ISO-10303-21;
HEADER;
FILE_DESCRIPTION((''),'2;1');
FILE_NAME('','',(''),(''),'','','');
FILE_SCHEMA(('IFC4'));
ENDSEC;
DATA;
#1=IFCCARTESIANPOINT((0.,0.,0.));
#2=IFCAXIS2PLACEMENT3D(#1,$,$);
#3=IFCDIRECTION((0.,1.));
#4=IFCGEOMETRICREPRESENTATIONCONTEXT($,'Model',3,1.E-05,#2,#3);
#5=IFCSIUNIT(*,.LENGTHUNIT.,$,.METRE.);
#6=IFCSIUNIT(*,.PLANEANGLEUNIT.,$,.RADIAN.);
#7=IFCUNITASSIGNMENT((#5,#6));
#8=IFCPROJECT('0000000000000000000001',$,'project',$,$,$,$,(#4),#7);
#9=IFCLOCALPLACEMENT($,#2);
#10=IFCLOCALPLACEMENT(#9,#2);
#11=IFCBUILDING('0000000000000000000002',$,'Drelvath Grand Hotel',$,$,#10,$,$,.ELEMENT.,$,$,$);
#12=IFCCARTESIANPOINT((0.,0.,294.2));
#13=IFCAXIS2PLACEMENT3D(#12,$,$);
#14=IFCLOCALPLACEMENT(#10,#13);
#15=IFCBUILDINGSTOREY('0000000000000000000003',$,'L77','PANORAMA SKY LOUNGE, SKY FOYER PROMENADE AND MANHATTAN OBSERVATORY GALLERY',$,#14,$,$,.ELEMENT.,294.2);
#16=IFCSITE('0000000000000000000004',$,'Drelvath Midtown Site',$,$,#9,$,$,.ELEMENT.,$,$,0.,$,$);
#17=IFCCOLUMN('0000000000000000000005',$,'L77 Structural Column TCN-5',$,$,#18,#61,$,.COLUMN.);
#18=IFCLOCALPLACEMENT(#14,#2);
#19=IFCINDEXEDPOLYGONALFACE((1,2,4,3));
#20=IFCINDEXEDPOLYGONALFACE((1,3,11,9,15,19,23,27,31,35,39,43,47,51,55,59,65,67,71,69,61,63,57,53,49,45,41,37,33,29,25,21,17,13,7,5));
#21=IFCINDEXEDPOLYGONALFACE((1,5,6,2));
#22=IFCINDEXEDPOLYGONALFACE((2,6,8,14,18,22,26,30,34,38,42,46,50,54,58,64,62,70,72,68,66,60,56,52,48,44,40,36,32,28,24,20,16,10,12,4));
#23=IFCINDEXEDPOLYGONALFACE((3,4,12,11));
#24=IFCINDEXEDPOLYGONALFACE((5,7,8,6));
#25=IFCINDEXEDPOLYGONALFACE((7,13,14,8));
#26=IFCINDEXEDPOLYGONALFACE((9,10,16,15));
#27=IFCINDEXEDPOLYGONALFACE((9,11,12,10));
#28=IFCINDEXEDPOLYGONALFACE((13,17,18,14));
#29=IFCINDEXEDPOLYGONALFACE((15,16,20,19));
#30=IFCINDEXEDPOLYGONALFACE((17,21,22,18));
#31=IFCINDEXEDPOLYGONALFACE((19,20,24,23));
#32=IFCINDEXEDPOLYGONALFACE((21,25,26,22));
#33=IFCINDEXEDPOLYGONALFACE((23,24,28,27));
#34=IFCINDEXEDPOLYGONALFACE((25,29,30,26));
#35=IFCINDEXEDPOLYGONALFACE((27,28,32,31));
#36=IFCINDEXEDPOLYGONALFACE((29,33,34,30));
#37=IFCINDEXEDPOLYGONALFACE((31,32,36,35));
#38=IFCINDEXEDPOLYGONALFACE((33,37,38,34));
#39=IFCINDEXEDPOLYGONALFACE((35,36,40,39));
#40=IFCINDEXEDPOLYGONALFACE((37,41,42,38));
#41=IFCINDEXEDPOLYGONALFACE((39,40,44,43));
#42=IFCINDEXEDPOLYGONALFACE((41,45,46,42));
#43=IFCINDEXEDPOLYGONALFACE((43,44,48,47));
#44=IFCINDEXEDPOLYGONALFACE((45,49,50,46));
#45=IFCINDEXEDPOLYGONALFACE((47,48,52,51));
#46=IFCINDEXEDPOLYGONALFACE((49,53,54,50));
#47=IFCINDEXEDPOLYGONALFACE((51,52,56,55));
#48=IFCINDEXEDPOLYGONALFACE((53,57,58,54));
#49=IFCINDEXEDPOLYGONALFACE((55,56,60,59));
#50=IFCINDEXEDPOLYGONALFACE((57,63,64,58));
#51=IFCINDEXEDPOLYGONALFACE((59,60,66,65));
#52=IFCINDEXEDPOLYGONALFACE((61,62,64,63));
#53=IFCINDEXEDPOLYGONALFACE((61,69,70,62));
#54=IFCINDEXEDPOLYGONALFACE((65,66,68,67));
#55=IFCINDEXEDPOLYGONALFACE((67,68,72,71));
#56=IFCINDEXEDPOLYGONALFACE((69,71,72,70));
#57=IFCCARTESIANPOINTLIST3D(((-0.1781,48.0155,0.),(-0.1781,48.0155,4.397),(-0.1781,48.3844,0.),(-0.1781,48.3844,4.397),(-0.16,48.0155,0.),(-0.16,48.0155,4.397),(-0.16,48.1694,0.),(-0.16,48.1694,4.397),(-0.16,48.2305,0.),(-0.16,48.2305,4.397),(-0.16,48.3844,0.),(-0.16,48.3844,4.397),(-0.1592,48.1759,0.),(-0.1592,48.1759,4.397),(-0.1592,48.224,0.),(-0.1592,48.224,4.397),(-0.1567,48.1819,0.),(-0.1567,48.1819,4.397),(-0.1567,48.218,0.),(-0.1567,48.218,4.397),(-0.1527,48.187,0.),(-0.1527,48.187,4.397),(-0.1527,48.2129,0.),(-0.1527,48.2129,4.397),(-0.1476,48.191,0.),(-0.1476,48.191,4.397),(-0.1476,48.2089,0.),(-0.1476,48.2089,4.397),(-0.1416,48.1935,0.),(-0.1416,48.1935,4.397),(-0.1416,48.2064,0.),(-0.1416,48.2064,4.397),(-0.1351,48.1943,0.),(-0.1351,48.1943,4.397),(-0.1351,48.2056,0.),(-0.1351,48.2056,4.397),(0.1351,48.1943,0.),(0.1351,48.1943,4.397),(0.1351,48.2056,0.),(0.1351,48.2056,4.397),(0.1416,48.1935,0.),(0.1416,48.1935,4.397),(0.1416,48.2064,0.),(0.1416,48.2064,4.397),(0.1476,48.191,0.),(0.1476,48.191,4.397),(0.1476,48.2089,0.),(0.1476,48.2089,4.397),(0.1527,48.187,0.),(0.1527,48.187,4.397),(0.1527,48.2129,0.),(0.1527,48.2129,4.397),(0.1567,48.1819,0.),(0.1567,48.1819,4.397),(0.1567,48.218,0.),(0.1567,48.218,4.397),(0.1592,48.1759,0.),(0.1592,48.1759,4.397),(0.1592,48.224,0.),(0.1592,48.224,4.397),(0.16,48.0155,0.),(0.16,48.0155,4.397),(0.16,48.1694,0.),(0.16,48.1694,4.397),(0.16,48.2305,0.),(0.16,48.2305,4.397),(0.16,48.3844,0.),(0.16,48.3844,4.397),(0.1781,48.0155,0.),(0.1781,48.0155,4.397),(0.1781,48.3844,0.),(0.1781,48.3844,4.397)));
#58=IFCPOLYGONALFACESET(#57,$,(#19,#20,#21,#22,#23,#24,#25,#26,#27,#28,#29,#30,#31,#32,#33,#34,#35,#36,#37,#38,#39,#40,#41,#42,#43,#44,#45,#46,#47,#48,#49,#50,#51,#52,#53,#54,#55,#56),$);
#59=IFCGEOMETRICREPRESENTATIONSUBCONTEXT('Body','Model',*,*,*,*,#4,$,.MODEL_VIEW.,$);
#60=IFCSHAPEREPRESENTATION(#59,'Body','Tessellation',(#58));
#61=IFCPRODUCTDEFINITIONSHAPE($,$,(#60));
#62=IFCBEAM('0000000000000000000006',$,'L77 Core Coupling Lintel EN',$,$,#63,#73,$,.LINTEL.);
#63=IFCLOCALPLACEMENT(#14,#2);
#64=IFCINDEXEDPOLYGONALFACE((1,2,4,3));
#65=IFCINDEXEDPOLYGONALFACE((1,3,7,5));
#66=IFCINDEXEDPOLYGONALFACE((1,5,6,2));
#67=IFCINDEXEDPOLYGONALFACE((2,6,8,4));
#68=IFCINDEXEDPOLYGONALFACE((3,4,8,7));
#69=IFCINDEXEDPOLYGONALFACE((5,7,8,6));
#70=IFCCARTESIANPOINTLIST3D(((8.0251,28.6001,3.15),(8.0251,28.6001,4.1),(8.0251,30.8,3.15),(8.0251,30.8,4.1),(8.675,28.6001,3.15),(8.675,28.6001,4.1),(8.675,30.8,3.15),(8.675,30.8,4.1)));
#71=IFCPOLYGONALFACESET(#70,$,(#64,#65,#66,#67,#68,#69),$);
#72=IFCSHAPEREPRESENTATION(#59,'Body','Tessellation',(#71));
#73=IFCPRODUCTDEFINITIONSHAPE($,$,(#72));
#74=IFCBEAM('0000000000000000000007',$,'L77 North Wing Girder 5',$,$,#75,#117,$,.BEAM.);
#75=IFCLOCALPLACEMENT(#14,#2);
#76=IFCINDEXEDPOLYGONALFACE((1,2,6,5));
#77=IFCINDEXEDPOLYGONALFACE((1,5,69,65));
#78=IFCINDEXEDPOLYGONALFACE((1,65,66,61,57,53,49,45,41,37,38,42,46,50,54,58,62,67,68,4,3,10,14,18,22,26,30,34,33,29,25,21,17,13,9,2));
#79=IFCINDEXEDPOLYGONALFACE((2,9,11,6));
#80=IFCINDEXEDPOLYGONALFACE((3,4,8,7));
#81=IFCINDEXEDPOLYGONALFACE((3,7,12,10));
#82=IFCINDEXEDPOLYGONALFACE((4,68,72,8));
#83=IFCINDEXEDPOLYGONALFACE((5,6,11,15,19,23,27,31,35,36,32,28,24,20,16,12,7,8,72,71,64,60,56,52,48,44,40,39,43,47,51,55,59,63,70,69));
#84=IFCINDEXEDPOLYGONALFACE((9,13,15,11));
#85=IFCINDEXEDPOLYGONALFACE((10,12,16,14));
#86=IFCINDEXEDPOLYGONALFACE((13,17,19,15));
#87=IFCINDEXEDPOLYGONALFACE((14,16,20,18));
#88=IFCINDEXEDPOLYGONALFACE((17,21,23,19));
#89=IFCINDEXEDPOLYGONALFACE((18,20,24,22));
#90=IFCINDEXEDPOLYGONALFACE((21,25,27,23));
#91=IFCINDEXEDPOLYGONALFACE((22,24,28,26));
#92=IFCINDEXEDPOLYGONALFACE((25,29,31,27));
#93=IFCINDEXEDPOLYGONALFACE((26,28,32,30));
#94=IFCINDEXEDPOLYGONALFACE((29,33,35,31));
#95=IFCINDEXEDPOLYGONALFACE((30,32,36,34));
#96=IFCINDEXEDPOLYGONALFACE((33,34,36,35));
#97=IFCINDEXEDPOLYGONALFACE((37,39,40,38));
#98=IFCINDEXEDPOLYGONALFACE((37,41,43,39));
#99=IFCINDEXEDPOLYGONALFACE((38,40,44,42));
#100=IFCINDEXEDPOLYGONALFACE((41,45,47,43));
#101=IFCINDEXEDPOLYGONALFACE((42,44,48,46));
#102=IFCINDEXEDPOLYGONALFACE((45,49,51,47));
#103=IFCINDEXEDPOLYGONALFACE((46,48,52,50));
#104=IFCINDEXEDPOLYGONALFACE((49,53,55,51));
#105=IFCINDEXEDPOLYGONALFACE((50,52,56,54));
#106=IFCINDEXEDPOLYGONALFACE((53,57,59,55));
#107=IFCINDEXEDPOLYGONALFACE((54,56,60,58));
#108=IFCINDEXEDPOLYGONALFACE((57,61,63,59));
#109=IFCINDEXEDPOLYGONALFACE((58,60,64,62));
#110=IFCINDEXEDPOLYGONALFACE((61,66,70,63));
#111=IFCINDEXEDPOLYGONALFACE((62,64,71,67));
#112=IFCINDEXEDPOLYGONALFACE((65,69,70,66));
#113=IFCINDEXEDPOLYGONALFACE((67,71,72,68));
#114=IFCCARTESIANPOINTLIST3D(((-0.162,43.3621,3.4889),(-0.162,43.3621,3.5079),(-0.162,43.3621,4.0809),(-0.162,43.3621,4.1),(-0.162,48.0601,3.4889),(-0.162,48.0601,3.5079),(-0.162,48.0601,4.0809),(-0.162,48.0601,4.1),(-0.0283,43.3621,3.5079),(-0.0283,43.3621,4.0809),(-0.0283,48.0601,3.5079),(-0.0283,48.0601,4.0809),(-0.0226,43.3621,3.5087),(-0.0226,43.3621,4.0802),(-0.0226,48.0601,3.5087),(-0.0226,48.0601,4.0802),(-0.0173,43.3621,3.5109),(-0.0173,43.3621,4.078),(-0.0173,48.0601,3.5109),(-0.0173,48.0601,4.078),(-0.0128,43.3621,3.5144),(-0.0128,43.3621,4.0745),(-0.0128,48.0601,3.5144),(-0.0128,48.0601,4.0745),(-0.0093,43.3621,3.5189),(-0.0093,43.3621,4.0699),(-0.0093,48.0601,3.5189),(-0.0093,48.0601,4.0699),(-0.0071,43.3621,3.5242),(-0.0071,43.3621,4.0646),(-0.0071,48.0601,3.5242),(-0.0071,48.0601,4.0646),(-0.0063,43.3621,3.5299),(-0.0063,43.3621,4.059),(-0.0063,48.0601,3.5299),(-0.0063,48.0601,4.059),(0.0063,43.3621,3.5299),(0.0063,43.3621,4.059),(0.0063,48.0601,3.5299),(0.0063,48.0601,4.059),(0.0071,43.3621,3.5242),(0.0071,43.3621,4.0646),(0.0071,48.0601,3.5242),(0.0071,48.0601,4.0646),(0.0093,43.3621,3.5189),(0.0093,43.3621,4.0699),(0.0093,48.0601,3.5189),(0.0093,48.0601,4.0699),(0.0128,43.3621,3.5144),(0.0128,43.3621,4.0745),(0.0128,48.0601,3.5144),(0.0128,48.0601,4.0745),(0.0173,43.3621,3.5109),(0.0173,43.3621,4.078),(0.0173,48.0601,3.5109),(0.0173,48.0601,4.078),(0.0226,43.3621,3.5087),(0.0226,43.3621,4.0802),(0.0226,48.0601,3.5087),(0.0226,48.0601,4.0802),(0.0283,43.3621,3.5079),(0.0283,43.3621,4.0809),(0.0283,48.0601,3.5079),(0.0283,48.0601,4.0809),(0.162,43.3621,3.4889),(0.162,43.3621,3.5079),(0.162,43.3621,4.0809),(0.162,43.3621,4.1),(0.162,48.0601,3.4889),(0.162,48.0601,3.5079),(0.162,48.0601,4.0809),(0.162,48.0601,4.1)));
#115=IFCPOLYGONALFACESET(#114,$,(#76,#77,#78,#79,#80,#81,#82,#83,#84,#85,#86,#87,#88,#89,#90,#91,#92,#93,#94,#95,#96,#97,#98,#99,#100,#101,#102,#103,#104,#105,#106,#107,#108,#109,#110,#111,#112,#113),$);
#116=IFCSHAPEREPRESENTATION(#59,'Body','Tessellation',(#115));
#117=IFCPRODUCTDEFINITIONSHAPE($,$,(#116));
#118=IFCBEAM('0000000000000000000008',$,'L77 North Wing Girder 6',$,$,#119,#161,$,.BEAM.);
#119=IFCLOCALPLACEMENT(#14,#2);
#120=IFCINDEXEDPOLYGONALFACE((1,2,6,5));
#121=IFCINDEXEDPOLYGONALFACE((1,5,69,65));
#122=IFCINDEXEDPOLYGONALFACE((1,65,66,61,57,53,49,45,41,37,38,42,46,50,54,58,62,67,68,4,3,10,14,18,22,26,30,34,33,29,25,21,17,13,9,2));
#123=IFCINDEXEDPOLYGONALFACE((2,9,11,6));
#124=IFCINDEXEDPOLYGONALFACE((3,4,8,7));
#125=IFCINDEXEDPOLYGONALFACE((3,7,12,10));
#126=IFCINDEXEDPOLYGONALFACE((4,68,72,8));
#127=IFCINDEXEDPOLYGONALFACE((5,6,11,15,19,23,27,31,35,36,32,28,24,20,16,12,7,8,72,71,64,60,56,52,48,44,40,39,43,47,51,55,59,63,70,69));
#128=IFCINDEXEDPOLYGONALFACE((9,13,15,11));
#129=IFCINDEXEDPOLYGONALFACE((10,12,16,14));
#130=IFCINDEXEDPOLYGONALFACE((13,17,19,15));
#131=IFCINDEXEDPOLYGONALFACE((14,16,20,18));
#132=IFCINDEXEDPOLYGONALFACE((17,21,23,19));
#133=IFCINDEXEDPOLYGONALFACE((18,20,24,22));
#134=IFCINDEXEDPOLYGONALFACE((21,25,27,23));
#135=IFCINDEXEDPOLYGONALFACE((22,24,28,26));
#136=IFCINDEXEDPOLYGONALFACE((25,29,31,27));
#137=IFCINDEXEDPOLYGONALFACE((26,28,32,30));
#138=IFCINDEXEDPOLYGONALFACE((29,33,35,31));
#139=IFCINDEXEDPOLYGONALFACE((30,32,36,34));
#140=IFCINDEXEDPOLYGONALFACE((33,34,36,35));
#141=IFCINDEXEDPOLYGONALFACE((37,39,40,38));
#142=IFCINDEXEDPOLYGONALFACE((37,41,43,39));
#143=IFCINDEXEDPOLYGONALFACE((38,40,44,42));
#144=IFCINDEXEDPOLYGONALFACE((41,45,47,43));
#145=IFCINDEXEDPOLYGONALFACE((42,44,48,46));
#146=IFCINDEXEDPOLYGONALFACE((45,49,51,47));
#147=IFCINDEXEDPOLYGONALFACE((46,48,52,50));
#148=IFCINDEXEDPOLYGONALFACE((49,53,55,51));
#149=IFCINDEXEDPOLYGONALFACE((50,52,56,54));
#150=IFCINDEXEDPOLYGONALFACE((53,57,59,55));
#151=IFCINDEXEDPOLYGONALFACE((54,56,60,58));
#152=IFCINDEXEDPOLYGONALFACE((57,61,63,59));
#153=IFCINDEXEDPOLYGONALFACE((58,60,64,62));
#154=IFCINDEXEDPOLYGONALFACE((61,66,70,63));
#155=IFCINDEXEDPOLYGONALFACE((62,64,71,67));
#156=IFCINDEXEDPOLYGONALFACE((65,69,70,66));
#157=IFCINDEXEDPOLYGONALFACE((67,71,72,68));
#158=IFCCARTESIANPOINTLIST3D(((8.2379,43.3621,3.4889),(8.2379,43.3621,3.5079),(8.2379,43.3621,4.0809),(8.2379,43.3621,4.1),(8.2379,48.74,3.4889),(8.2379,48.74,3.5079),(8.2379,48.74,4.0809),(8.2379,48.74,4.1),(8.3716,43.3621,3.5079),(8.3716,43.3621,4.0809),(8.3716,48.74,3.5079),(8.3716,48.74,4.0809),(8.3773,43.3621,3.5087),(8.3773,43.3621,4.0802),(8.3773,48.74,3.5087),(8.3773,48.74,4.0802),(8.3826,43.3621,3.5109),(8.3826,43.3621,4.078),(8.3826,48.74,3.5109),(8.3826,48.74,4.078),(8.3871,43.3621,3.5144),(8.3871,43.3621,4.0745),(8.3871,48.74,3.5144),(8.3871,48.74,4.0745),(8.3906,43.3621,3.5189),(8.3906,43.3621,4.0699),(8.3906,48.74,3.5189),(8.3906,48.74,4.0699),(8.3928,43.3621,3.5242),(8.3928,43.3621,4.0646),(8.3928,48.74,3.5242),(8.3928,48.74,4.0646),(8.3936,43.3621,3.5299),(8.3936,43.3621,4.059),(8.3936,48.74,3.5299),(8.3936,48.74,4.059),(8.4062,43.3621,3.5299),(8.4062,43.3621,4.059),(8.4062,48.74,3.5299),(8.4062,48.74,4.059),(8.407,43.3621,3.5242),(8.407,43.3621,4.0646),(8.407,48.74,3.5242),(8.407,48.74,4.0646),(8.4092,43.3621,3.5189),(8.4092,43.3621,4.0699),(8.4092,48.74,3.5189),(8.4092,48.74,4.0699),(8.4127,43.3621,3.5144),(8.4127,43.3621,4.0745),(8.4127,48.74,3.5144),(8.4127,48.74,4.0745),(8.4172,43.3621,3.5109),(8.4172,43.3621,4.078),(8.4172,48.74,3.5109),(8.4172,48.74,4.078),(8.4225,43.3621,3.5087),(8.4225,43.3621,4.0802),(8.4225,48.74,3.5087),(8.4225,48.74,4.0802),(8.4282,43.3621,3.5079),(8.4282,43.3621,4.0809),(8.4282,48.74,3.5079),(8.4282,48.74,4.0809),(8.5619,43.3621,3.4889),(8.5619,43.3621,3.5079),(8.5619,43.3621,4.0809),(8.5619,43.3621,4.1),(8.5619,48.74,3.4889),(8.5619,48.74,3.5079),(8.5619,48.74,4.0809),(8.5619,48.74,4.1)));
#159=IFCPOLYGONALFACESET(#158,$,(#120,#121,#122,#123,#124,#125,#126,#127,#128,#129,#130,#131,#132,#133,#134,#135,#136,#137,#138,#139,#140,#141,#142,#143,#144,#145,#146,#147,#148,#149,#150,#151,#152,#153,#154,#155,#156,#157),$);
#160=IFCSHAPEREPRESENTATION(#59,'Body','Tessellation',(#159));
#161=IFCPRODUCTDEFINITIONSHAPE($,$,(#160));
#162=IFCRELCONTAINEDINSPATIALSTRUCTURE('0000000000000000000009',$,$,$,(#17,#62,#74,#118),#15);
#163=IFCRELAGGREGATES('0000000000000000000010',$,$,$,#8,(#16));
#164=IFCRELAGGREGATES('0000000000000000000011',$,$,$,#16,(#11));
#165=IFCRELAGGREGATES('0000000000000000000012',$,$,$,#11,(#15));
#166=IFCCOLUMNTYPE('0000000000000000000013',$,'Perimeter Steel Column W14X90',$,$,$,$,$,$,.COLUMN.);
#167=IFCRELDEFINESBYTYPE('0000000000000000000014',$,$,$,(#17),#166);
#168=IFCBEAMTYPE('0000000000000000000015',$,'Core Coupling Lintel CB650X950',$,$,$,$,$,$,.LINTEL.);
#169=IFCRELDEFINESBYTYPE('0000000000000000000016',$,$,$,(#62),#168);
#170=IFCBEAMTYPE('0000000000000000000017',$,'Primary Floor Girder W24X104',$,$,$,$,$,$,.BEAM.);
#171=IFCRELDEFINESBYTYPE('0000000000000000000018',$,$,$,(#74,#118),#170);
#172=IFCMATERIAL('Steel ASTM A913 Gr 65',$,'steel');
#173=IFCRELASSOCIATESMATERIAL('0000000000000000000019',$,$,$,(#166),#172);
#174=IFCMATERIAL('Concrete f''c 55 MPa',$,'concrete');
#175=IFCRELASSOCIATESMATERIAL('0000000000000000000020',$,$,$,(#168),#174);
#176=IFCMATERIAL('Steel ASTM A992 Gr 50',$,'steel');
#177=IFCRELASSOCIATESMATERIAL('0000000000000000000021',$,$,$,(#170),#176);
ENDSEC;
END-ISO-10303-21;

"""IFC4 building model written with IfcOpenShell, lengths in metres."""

from ifc_helpers import new_model, si_unit, direction, frame, origin, origin_2d, place, context, subcontext, project, spatial, rectangle, i_section, extrude, material, material_profile, profile_set, type_object, element, save


model = new_model("IFC4")

# Units and contexts
model_context = context("Model", 3, precision=1e-05, world=origin(), true_north=direction((0.0, 1.0)))
body_context = subcontext(model_context, "Body", "Model", "MODEL_VIEW")
ifc_project = project(units=[si_unit("LENGTHUNIT", "METRE"), si_unit("PLANEANGLEUNIT", "RADIAN")], contexts=[model_context])

# Site, building, storey
site_placement = place(None, origin())
site = spatial("IfcSite", under=ifc_project, at=site_placement, Name="Drelvath Midtown Site", CompositionType="ELEMENT", RefElevation=0.0)
building_placement = place(site_placement, origin())
building = spatial("IfcBuilding", under=site, at=building_placement, Name="Drelvath Grand Hotel", CompositionType="ELEMENT")
storey_placement = place(building_placement, frame((0.0, 0.0, 294.2)))
storey = spatial("IfcBuildingStorey", under=building, at=storey_placement, Name="L77", Description="PANORAMA SKY LOUNGE, SKY FOYER PROMENADE AND MANHATTAN OBSERVATORY GALLERY", CompositionType="ELEMENT", Elevation=294.2)

# Column
ifc_material_1 = material(Name="Steel ASTM A913 Gr 65", Category="steel")
ifc_material_profile_1 = material_profile(ifc_material_1, i_section(OverallWidth=0.3689, OverallDepth=0.3562, WebThickness=0.0112, FlangeThickness=0.0181, FilletRadius=0.0249, at=origin_2d()), Name="W14X90")
ifc_profile_set_1 = profile_set([ifc_material_profile_1], Name="Steel ASTM A913 Gr 65")
column_type = type_object("IfcColumnType", Name="Perimeter Steel Column W14X90", PredefinedType="COLUMN", material=ifc_profile_set_1)
column_placement = place(storey_placement, frame((0.0, 48.2, 0.0), z_axis=(0.0, 0.0, 1.0), x_axis=(0.0, 1.0, 0.0)))
element("IfcColumn", 1, at=column_placement, inside=storey, type_object=column_type, Name="L77 Structural Column TCN-5", PredefinedType="COLUMN", context=body_context, shape_type="SweptSolid", body=[
    extrude(i_section(OverallWidth=0.3689, OverallDepth=0.3562, WebThickness=0.0112, FlangeThickness=0.0181, FilletRadius=0.0249, at=origin_2d()), origin(), (0.0, 0.0, 1.0), 4.397),
])

# Beams
ifc_material_2 = material(Name="Concrete f'c 55 MPa", Category="concrete")
ifc_material_profile_2 = material_profile(ifc_material_2, rectangle(XDim=0.6499, YDim=0.95, at=origin_2d()), Name="CB650X950")
ifc_profile_set_2 = profile_set([ifc_material_profile_2], Name="Concrete f'c 55 MPa")
beam_type_1 = type_object("IfcBeamType", Name="Core Coupling Lintel CB650X950", PredefinedType="LINTEL", material=ifc_profile_set_2)
beam_1_placement = place(storey_placement, frame((8.3501, 28.6001, 3.625), z_axis=(0.0, 1.0, 0.0), x_axis=(-1.0, 0.0, 0.0)))
element("IfcBeam", 2, at=beam_1_placement, inside=storey, type_object=beam_type_1, Name="L77 Core Coupling Lintel EN", PredefinedType="LINTEL", context=body_context, shape_type="SweptSolid", body=[
    extrude(rectangle(XDim=0.6499, YDim=0.95, at=origin_2d()), origin(), (0.0, 0.0, 1.0), 2.2),
])
ifc_material_3 = material(Name="Steel ASTM A992 Gr 50", Category="steel")
ifc_material_profile_3 = material_profile(ifc_material_3, i_section(OverallWidth=0.324, OverallDepth=0.6111, WebThickness=0.0127, FlangeThickness=0.019, FilletRadius=0.022, at=origin_2d()), Name="W24X104")
ifc_profile_set_3 = profile_set([ifc_material_profile_3], Name="Steel ASTM A992 Gr 50")
beam_type_2 = type_object("IfcBeamType", Name="Primary Floor Girder W24X104", PredefinedType="BEAM", material=ifc_profile_set_3)
beam_2_placement = place(storey_placement, frame((0.0, 43.3621, 3.7944), z_axis=(0.0, 1.0, 0.0), x_axis=(-1.0, 0.0, 0.0)))
element("IfcBeam", 3, at=beam_2_placement, inside=storey, type_object=beam_type_2, Name="L77 North Wing Girder 5", PredefinedType="BEAM", context=body_context, shape_type="SweptSolid", body=[
    extrude(i_section(OverallWidth=0.324, OverallDepth=0.6111, WebThickness=0.0127, FlangeThickness=0.019, FilletRadius=0.022, at=origin_2d()), origin(), (0.0, 0.0, 1.0), 4.698),
])
beam_3_placement = place(storey_placement, frame((8.3999, 43.3621, 3.7944), z_axis=(0.0, 1.0, 0.0), x_axis=(-1.0, 0.0, 0.0)))
element("IfcBeam", 4, at=beam_3_placement, inside=storey, type_object=beam_type_2, Name="L77 North Wing Girder 6", PredefinedType="BEAM", context=body_context, shape_type="SweptSolid", body=[
    extrude(i_section(OverallWidth=0.324, OverallDepth=0.6111, WebThickness=0.0127, FlangeThickness=0.019, FilletRadius=0.022, at=origin_2d()), origin(), (0.0, 0.0, 1.0), 5.3779),
])

save(model, "model.ifc")
